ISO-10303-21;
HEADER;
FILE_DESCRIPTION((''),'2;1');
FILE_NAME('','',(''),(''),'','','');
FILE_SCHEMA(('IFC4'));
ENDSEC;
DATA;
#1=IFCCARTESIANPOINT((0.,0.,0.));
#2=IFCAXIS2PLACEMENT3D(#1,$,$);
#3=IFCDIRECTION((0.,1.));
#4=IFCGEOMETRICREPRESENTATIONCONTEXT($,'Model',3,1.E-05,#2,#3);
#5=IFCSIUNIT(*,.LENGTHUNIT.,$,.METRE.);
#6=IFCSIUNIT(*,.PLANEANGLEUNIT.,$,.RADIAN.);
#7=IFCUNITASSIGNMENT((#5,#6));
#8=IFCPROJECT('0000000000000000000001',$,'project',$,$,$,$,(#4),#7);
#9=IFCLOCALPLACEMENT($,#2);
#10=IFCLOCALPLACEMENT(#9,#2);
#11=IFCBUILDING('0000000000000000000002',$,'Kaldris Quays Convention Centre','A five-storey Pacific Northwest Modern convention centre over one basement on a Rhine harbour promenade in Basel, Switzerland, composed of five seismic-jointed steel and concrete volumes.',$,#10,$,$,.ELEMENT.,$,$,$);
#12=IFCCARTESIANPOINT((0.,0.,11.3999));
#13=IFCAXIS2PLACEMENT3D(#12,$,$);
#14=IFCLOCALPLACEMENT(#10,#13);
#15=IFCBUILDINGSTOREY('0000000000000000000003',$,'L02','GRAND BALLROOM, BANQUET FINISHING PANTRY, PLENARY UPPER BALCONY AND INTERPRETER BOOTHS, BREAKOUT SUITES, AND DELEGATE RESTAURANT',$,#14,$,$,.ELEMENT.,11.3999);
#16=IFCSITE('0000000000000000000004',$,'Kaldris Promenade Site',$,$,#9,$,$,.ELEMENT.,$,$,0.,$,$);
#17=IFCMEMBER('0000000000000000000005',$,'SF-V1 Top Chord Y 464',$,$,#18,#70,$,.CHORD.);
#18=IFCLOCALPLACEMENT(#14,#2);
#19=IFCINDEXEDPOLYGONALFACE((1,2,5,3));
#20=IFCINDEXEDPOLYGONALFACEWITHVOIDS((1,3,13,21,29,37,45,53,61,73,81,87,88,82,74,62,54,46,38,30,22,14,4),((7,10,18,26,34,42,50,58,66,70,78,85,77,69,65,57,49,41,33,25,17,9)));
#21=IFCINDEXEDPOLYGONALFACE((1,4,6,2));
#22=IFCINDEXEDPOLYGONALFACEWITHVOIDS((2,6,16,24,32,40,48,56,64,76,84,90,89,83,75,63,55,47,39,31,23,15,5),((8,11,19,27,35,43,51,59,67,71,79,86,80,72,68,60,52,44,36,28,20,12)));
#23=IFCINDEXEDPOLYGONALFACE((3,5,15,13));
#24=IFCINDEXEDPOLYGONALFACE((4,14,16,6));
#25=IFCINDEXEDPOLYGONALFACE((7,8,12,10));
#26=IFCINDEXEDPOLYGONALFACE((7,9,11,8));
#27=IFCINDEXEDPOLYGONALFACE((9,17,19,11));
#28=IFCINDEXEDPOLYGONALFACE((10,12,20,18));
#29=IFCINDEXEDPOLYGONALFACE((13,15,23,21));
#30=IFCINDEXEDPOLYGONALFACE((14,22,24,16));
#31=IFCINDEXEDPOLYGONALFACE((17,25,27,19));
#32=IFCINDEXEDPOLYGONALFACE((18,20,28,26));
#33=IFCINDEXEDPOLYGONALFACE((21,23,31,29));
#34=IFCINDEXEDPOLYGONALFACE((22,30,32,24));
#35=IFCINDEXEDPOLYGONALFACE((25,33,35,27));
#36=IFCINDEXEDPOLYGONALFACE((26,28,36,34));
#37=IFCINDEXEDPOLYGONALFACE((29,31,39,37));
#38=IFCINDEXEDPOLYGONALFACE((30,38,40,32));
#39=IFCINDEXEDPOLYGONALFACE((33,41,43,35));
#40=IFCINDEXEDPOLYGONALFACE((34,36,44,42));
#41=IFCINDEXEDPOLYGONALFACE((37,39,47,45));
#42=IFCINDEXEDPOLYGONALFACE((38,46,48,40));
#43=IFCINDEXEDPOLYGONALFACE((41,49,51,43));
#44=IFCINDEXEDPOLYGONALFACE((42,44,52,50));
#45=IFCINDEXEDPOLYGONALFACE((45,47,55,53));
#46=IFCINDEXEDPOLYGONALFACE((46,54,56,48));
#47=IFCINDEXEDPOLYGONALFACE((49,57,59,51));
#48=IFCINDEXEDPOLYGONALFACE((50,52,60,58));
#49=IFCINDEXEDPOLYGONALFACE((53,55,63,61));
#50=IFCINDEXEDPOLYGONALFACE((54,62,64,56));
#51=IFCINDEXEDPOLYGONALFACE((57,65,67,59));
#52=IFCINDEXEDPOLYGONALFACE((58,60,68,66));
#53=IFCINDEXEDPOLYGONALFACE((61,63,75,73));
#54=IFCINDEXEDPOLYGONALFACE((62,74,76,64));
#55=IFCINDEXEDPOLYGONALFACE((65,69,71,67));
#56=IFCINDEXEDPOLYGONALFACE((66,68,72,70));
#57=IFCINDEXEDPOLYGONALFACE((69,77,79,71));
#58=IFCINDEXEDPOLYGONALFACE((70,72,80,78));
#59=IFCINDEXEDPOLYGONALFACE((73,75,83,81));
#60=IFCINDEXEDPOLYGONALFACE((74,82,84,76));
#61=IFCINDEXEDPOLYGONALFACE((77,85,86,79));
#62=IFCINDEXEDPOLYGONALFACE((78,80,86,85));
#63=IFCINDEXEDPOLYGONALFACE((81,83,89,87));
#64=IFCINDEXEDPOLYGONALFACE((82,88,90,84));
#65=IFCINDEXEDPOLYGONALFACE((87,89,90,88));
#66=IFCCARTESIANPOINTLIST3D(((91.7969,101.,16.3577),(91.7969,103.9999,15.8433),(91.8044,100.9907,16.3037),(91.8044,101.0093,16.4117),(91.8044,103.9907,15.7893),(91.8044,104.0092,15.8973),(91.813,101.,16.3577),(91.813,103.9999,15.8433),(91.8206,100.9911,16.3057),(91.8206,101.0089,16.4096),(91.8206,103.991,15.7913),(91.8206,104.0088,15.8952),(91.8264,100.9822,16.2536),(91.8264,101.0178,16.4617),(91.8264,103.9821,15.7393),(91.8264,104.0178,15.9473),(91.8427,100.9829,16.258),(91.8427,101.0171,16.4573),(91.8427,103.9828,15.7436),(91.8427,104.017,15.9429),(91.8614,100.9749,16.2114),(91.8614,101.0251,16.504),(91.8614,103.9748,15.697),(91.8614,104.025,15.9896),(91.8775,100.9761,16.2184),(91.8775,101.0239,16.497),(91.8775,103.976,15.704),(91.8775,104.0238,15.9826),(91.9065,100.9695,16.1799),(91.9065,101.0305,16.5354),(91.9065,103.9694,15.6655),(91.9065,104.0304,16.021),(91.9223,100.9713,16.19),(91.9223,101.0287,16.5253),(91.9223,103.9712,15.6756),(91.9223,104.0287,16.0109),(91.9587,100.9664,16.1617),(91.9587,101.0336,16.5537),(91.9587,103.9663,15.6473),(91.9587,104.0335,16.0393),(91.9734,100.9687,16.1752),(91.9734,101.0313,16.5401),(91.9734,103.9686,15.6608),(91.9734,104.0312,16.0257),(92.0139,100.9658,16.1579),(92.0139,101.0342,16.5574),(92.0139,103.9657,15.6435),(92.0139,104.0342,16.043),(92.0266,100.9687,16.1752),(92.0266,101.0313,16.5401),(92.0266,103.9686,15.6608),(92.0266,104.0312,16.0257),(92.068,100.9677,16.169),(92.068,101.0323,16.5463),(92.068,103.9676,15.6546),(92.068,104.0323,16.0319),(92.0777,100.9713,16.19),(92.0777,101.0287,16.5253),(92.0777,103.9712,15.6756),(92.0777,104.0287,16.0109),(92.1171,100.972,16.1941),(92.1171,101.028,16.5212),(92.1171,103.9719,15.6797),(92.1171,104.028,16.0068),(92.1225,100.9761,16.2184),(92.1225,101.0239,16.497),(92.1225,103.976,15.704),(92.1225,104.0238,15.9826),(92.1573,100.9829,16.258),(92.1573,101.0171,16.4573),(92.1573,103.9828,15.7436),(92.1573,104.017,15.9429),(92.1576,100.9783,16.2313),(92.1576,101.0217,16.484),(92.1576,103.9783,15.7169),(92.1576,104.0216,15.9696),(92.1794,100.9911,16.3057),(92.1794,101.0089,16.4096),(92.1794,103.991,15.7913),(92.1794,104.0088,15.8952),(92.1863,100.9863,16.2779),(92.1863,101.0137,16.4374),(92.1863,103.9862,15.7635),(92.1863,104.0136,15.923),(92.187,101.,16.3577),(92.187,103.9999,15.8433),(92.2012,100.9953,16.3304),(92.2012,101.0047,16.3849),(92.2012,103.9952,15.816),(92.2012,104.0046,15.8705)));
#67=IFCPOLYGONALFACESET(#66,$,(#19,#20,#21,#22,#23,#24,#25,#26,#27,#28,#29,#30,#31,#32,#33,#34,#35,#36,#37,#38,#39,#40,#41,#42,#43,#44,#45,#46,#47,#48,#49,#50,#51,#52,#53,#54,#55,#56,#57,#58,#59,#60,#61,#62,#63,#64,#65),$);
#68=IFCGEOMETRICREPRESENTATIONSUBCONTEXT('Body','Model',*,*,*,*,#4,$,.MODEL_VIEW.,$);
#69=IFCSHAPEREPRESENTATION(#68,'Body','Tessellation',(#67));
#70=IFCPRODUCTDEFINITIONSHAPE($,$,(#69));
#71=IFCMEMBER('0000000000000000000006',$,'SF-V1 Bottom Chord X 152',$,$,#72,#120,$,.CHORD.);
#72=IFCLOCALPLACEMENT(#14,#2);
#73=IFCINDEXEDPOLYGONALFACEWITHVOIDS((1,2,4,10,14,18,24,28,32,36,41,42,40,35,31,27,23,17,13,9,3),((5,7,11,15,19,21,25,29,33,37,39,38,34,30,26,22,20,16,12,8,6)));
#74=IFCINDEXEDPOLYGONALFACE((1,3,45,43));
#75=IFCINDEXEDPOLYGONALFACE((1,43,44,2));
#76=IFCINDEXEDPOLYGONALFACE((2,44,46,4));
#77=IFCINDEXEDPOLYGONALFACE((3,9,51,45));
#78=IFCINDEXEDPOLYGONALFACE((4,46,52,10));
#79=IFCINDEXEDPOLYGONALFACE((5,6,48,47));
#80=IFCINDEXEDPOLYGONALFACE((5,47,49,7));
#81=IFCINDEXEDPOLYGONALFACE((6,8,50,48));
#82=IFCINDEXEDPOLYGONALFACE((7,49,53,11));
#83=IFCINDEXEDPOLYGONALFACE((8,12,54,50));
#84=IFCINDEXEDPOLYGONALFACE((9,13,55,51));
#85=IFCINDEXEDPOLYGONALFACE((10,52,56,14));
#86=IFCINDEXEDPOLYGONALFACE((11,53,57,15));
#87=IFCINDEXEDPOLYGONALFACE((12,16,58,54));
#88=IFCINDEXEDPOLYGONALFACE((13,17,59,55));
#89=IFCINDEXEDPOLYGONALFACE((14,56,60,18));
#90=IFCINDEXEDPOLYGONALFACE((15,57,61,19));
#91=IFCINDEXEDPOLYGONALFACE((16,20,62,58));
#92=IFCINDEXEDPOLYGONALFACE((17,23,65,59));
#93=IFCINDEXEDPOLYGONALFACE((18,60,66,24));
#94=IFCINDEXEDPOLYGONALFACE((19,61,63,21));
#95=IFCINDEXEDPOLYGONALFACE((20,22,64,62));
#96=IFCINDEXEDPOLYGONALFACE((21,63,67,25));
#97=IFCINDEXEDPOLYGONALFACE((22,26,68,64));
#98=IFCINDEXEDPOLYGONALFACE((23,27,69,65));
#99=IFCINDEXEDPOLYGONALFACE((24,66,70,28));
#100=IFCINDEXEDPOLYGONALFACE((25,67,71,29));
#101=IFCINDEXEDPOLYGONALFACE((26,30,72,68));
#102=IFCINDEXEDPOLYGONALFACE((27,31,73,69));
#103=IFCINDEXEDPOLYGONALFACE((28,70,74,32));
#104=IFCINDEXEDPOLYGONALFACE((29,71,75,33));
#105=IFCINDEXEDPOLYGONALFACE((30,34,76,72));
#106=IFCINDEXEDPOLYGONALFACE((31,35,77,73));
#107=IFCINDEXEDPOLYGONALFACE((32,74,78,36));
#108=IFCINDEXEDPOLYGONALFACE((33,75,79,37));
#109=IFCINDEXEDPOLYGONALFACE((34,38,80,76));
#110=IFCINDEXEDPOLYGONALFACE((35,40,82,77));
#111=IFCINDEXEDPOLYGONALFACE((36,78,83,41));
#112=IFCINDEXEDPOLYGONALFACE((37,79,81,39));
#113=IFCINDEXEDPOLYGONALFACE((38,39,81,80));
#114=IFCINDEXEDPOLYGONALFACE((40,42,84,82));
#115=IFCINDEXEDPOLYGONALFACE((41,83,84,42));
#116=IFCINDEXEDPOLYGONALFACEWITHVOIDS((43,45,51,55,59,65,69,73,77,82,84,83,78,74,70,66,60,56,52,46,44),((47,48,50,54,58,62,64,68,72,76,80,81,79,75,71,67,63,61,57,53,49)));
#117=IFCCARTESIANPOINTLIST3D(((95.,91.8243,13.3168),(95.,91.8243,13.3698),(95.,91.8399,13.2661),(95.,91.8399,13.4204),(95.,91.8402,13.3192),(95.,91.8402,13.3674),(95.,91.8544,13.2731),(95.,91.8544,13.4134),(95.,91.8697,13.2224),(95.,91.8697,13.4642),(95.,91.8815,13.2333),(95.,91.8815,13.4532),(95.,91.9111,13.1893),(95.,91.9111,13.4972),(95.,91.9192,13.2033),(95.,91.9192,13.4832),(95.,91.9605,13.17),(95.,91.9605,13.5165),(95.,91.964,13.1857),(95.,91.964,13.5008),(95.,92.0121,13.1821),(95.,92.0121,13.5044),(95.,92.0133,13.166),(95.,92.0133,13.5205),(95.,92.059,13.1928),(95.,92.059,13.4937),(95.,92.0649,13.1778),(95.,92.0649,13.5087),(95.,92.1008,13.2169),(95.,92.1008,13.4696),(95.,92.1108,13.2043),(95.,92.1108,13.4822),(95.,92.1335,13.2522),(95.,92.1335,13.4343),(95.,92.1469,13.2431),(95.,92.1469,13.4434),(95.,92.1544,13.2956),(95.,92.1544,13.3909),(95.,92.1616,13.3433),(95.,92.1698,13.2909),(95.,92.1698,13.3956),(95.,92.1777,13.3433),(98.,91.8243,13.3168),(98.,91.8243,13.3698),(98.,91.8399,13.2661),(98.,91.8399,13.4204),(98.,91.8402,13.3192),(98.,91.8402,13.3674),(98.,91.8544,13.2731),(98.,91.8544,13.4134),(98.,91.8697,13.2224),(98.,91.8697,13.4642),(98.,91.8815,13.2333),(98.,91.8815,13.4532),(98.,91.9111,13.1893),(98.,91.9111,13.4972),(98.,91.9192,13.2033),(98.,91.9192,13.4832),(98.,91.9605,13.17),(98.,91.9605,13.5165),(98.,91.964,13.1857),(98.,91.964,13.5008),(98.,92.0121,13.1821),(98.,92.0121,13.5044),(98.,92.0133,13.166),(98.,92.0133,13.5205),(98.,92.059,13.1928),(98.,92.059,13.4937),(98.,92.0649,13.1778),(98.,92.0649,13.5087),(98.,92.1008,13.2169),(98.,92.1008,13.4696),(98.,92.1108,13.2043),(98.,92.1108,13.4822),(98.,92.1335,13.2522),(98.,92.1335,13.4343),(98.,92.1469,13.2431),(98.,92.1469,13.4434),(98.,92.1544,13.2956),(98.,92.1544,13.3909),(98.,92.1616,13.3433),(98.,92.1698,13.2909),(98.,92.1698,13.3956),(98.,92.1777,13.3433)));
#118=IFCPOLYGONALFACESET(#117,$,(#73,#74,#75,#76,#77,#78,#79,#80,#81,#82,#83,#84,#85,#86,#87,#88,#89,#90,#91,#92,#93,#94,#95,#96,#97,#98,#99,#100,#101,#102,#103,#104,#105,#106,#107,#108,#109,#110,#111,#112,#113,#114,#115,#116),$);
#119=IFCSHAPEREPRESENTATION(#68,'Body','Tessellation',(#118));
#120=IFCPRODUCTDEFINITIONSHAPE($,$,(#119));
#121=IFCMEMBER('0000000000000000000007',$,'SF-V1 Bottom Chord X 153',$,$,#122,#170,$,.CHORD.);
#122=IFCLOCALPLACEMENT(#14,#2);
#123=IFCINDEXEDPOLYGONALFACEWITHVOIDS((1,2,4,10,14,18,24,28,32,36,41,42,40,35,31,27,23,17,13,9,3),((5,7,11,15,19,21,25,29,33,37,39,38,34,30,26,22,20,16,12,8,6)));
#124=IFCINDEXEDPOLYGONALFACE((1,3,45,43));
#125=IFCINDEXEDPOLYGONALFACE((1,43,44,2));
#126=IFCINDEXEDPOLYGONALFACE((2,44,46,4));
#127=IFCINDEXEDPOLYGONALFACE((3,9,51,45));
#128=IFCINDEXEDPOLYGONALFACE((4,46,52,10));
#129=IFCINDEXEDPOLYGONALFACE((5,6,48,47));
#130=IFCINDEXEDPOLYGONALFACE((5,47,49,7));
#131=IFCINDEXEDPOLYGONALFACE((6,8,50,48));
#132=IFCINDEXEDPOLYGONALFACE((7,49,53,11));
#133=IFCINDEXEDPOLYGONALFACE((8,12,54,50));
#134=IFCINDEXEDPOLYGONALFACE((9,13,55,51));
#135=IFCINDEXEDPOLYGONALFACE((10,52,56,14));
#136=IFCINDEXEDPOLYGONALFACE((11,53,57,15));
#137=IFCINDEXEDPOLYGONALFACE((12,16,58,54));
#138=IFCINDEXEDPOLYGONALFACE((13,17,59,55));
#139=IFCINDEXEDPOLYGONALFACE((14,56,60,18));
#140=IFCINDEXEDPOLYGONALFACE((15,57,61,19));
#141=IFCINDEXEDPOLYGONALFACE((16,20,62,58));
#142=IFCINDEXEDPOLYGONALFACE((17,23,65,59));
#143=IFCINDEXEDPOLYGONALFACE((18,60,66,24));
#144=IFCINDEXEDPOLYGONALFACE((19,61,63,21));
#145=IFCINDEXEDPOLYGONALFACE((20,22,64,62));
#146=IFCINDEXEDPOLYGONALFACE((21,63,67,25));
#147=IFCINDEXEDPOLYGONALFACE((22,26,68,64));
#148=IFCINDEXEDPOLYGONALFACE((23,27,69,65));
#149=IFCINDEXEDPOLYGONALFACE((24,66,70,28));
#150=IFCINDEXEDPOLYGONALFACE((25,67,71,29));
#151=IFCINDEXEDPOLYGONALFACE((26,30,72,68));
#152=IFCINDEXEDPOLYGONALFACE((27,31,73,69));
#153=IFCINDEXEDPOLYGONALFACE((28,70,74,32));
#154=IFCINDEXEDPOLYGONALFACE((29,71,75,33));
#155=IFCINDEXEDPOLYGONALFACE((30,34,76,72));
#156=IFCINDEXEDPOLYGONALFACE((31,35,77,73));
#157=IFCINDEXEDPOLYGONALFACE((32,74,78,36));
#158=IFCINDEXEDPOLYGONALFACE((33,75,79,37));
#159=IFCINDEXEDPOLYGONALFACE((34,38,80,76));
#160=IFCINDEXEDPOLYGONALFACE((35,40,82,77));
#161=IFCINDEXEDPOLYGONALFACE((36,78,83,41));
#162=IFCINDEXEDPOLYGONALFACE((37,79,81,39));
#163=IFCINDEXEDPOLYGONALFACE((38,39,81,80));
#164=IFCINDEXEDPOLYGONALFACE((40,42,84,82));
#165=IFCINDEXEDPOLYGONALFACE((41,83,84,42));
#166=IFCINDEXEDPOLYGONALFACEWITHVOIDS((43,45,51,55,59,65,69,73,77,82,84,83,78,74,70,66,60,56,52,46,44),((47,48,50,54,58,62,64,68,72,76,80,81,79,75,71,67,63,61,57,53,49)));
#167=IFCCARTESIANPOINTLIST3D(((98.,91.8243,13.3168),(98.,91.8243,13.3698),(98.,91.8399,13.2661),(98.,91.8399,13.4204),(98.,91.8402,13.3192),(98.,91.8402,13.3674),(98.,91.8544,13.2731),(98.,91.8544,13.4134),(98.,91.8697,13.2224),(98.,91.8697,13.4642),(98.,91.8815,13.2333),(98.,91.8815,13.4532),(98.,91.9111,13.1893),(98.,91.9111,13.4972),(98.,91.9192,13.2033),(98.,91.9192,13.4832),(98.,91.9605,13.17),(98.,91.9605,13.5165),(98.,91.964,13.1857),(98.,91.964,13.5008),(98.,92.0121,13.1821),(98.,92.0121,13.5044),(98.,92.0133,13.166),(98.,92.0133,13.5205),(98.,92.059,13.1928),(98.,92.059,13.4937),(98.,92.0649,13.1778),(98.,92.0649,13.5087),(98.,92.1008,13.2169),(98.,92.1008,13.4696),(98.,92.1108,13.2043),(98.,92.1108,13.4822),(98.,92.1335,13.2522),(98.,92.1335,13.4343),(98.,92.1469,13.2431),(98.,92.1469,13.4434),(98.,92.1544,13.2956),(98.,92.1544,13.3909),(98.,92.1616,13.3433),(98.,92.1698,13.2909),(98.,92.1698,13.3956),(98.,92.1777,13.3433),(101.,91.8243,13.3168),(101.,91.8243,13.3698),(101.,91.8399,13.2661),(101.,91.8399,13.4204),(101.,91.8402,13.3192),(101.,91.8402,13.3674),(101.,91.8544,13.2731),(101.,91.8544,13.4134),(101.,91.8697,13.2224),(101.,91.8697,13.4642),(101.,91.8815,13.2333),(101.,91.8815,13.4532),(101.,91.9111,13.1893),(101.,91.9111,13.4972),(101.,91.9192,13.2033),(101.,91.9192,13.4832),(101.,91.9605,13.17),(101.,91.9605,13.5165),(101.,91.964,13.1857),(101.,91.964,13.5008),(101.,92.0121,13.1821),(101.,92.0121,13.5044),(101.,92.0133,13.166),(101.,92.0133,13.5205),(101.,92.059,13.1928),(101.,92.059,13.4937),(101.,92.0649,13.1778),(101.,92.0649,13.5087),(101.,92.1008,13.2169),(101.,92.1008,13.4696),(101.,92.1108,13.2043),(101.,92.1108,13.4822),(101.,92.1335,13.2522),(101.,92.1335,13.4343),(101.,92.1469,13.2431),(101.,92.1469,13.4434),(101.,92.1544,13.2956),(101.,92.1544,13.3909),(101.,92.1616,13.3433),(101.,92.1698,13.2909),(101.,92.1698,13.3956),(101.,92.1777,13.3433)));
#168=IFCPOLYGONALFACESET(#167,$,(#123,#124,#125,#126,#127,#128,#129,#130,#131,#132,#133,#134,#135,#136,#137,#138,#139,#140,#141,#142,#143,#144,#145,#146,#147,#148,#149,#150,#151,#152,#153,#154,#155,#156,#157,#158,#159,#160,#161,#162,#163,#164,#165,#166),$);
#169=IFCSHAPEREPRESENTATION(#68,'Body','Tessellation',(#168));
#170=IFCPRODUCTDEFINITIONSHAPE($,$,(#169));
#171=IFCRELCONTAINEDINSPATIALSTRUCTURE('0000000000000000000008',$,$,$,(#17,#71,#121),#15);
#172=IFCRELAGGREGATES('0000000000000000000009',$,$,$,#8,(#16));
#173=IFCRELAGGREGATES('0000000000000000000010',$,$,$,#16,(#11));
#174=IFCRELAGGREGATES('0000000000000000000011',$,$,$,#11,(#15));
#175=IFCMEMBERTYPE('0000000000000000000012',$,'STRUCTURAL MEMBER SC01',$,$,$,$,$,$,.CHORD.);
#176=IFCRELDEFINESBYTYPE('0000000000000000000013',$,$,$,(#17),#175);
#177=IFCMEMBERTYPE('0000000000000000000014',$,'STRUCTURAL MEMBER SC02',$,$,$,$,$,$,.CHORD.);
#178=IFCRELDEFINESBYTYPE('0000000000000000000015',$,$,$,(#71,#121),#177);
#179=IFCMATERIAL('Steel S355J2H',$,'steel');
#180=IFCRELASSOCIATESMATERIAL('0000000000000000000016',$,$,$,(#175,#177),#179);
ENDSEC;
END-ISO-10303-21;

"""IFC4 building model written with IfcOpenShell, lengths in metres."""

from ifc_helpers import new_model, si_unit, direction, frame, origin, origin_2d, place, context, subcontext, project, spatial, hollow_circle, extrude, material, material_profile, profile_set, type_object, element, save


model = new_model("IFC4")

# Units and contexts
model_context = context("Model", 3, precision=1e-05, world=origin(), true_north=direction((0.0, 1.0)))
body_context = subcontext(model_context, "Body", "Model", "MODEL_VIEW")
ifc_project = project(units=[si_unit("LENGTHUNIT", "METRE"), si_unit("PLANEANGLEUNIT", "RADIAN")], contexts=[model_context])

# Site, building, storey
site_placement = place(None, origin())
site = spatial("IfcSite", under=ifc_project, at=site_placement, Name="Kaldris Promenade Site", CompositionType="ELEMENT", RefElevation=0.0)
building_placement = place(site_placement, origin())
building = spatial("IfcBuilding", under=site, at=building_placement, Name="Kaldris Quays Convention Centre", Description="A five-storey Pacific Northwest Modern convention centre over one basement on a Rhine harbour promenade in Basel, Switzerland, composed of five seismic-jointed steel and concrete volumes.", CompositionType="ELEMENT")
storey_placement = place(building_placement, frame((0.0, 0.0, 11.3999)))
storey = spatial("IfcBuildingStorey", under=building, at=storey_placement, Name="L02", Description="GRAND BALLROOM, BANQUET FINISHING PANTRY, PLENARY UPPER BALCONY AND INTERPRETER BOOTHS, BREAKOUT SUITES, AND DELEGATE RESTAURANT", CompositionType="ELEMENT", Elevation=11.3999)

# Members
ifc_material_1 = material(Name="Steel S355J2H", Category="steel")
ifc_material_profile_1 = material_profile(ifc_material_1, hollow_circle(Radius=0.2031, WallThickness=0.0161, at=origin_2d()), Name="CHS 406.4x16")
ifc_profile_set_1 = profile_set([ifc_material_profile_1], Name="Steel S355J2H")
member_type_1 = type_object("IfcMemberType", Name="STRUCTURAL MEMBER SC01", PredefinedType="CHORD", material=ifc_profile_set_1)
member_1_placement = place(storey_placement, frame((92.0, 101.0, 16.3577), z_axis=(0.0, 0.985616, -0.169002), x_axis=(-1.0, 0.0, 0.0)))
element("IfcMember", 1, at=member_1_placement, inside=storey, type_object=member_type_1, Name="SF-V1 Top Chord Y 464", PredefinedType="CHORD", context=body_context, shape_type="SweptSolid", body=[
    extrude(hollow_circle(Radius=0.2031, WallThickness=0.0161, at=origin_2d()), origin(), (0.0, 0.0, 1.0), 3.0437),
])
ifc_material_profile_2 = material_profile(ifc_material_1, hollow_circle(Radius=0.1777, WallThickness=0.0161, at=origin_2d()), Name="CHS 355.6x16")
ifc_profile_set_2 = profile_set([ifc_material_profile_2], Name="Steel S355J2H")
member_type_2 = type_object("IfcMemberType", Name="STRUCTURAL MEMBER SC02", PredefinedType="CHORD", material=ifc_profile_set_2)
for number, where, z_axis, x_axis, name in (
    (2, (95.0, 92.0, 13.3433), (1.0, 0.0, 0.0), (0.0, 1.0, 0.0), "SF-V1 Bottom Chord X 152"),
    (3, (98.0, 92.0, 13.3433), (1.0, 0.0, 0.0), (0.0, 1.0, 0.0), "SF-V1 Bottom Chord X 153"),
):
    element("IfcMember", number, at=place(storey_placement, frame(where, z_axis=z_axis, x_axis=x_axis)), inside=storey, type_object=member_type_2, Name=name, PredefinedType="CHORD", context=body_context, shape_type="SweptSolid", body=[
        extrude(hollow_circle(Radius=0.1777, WallThickness=0.0161, at=origin_2d()), origin(), (0.0, 0.0, 1.0), 3.0),
    ])

save(model, "model.ifc")
